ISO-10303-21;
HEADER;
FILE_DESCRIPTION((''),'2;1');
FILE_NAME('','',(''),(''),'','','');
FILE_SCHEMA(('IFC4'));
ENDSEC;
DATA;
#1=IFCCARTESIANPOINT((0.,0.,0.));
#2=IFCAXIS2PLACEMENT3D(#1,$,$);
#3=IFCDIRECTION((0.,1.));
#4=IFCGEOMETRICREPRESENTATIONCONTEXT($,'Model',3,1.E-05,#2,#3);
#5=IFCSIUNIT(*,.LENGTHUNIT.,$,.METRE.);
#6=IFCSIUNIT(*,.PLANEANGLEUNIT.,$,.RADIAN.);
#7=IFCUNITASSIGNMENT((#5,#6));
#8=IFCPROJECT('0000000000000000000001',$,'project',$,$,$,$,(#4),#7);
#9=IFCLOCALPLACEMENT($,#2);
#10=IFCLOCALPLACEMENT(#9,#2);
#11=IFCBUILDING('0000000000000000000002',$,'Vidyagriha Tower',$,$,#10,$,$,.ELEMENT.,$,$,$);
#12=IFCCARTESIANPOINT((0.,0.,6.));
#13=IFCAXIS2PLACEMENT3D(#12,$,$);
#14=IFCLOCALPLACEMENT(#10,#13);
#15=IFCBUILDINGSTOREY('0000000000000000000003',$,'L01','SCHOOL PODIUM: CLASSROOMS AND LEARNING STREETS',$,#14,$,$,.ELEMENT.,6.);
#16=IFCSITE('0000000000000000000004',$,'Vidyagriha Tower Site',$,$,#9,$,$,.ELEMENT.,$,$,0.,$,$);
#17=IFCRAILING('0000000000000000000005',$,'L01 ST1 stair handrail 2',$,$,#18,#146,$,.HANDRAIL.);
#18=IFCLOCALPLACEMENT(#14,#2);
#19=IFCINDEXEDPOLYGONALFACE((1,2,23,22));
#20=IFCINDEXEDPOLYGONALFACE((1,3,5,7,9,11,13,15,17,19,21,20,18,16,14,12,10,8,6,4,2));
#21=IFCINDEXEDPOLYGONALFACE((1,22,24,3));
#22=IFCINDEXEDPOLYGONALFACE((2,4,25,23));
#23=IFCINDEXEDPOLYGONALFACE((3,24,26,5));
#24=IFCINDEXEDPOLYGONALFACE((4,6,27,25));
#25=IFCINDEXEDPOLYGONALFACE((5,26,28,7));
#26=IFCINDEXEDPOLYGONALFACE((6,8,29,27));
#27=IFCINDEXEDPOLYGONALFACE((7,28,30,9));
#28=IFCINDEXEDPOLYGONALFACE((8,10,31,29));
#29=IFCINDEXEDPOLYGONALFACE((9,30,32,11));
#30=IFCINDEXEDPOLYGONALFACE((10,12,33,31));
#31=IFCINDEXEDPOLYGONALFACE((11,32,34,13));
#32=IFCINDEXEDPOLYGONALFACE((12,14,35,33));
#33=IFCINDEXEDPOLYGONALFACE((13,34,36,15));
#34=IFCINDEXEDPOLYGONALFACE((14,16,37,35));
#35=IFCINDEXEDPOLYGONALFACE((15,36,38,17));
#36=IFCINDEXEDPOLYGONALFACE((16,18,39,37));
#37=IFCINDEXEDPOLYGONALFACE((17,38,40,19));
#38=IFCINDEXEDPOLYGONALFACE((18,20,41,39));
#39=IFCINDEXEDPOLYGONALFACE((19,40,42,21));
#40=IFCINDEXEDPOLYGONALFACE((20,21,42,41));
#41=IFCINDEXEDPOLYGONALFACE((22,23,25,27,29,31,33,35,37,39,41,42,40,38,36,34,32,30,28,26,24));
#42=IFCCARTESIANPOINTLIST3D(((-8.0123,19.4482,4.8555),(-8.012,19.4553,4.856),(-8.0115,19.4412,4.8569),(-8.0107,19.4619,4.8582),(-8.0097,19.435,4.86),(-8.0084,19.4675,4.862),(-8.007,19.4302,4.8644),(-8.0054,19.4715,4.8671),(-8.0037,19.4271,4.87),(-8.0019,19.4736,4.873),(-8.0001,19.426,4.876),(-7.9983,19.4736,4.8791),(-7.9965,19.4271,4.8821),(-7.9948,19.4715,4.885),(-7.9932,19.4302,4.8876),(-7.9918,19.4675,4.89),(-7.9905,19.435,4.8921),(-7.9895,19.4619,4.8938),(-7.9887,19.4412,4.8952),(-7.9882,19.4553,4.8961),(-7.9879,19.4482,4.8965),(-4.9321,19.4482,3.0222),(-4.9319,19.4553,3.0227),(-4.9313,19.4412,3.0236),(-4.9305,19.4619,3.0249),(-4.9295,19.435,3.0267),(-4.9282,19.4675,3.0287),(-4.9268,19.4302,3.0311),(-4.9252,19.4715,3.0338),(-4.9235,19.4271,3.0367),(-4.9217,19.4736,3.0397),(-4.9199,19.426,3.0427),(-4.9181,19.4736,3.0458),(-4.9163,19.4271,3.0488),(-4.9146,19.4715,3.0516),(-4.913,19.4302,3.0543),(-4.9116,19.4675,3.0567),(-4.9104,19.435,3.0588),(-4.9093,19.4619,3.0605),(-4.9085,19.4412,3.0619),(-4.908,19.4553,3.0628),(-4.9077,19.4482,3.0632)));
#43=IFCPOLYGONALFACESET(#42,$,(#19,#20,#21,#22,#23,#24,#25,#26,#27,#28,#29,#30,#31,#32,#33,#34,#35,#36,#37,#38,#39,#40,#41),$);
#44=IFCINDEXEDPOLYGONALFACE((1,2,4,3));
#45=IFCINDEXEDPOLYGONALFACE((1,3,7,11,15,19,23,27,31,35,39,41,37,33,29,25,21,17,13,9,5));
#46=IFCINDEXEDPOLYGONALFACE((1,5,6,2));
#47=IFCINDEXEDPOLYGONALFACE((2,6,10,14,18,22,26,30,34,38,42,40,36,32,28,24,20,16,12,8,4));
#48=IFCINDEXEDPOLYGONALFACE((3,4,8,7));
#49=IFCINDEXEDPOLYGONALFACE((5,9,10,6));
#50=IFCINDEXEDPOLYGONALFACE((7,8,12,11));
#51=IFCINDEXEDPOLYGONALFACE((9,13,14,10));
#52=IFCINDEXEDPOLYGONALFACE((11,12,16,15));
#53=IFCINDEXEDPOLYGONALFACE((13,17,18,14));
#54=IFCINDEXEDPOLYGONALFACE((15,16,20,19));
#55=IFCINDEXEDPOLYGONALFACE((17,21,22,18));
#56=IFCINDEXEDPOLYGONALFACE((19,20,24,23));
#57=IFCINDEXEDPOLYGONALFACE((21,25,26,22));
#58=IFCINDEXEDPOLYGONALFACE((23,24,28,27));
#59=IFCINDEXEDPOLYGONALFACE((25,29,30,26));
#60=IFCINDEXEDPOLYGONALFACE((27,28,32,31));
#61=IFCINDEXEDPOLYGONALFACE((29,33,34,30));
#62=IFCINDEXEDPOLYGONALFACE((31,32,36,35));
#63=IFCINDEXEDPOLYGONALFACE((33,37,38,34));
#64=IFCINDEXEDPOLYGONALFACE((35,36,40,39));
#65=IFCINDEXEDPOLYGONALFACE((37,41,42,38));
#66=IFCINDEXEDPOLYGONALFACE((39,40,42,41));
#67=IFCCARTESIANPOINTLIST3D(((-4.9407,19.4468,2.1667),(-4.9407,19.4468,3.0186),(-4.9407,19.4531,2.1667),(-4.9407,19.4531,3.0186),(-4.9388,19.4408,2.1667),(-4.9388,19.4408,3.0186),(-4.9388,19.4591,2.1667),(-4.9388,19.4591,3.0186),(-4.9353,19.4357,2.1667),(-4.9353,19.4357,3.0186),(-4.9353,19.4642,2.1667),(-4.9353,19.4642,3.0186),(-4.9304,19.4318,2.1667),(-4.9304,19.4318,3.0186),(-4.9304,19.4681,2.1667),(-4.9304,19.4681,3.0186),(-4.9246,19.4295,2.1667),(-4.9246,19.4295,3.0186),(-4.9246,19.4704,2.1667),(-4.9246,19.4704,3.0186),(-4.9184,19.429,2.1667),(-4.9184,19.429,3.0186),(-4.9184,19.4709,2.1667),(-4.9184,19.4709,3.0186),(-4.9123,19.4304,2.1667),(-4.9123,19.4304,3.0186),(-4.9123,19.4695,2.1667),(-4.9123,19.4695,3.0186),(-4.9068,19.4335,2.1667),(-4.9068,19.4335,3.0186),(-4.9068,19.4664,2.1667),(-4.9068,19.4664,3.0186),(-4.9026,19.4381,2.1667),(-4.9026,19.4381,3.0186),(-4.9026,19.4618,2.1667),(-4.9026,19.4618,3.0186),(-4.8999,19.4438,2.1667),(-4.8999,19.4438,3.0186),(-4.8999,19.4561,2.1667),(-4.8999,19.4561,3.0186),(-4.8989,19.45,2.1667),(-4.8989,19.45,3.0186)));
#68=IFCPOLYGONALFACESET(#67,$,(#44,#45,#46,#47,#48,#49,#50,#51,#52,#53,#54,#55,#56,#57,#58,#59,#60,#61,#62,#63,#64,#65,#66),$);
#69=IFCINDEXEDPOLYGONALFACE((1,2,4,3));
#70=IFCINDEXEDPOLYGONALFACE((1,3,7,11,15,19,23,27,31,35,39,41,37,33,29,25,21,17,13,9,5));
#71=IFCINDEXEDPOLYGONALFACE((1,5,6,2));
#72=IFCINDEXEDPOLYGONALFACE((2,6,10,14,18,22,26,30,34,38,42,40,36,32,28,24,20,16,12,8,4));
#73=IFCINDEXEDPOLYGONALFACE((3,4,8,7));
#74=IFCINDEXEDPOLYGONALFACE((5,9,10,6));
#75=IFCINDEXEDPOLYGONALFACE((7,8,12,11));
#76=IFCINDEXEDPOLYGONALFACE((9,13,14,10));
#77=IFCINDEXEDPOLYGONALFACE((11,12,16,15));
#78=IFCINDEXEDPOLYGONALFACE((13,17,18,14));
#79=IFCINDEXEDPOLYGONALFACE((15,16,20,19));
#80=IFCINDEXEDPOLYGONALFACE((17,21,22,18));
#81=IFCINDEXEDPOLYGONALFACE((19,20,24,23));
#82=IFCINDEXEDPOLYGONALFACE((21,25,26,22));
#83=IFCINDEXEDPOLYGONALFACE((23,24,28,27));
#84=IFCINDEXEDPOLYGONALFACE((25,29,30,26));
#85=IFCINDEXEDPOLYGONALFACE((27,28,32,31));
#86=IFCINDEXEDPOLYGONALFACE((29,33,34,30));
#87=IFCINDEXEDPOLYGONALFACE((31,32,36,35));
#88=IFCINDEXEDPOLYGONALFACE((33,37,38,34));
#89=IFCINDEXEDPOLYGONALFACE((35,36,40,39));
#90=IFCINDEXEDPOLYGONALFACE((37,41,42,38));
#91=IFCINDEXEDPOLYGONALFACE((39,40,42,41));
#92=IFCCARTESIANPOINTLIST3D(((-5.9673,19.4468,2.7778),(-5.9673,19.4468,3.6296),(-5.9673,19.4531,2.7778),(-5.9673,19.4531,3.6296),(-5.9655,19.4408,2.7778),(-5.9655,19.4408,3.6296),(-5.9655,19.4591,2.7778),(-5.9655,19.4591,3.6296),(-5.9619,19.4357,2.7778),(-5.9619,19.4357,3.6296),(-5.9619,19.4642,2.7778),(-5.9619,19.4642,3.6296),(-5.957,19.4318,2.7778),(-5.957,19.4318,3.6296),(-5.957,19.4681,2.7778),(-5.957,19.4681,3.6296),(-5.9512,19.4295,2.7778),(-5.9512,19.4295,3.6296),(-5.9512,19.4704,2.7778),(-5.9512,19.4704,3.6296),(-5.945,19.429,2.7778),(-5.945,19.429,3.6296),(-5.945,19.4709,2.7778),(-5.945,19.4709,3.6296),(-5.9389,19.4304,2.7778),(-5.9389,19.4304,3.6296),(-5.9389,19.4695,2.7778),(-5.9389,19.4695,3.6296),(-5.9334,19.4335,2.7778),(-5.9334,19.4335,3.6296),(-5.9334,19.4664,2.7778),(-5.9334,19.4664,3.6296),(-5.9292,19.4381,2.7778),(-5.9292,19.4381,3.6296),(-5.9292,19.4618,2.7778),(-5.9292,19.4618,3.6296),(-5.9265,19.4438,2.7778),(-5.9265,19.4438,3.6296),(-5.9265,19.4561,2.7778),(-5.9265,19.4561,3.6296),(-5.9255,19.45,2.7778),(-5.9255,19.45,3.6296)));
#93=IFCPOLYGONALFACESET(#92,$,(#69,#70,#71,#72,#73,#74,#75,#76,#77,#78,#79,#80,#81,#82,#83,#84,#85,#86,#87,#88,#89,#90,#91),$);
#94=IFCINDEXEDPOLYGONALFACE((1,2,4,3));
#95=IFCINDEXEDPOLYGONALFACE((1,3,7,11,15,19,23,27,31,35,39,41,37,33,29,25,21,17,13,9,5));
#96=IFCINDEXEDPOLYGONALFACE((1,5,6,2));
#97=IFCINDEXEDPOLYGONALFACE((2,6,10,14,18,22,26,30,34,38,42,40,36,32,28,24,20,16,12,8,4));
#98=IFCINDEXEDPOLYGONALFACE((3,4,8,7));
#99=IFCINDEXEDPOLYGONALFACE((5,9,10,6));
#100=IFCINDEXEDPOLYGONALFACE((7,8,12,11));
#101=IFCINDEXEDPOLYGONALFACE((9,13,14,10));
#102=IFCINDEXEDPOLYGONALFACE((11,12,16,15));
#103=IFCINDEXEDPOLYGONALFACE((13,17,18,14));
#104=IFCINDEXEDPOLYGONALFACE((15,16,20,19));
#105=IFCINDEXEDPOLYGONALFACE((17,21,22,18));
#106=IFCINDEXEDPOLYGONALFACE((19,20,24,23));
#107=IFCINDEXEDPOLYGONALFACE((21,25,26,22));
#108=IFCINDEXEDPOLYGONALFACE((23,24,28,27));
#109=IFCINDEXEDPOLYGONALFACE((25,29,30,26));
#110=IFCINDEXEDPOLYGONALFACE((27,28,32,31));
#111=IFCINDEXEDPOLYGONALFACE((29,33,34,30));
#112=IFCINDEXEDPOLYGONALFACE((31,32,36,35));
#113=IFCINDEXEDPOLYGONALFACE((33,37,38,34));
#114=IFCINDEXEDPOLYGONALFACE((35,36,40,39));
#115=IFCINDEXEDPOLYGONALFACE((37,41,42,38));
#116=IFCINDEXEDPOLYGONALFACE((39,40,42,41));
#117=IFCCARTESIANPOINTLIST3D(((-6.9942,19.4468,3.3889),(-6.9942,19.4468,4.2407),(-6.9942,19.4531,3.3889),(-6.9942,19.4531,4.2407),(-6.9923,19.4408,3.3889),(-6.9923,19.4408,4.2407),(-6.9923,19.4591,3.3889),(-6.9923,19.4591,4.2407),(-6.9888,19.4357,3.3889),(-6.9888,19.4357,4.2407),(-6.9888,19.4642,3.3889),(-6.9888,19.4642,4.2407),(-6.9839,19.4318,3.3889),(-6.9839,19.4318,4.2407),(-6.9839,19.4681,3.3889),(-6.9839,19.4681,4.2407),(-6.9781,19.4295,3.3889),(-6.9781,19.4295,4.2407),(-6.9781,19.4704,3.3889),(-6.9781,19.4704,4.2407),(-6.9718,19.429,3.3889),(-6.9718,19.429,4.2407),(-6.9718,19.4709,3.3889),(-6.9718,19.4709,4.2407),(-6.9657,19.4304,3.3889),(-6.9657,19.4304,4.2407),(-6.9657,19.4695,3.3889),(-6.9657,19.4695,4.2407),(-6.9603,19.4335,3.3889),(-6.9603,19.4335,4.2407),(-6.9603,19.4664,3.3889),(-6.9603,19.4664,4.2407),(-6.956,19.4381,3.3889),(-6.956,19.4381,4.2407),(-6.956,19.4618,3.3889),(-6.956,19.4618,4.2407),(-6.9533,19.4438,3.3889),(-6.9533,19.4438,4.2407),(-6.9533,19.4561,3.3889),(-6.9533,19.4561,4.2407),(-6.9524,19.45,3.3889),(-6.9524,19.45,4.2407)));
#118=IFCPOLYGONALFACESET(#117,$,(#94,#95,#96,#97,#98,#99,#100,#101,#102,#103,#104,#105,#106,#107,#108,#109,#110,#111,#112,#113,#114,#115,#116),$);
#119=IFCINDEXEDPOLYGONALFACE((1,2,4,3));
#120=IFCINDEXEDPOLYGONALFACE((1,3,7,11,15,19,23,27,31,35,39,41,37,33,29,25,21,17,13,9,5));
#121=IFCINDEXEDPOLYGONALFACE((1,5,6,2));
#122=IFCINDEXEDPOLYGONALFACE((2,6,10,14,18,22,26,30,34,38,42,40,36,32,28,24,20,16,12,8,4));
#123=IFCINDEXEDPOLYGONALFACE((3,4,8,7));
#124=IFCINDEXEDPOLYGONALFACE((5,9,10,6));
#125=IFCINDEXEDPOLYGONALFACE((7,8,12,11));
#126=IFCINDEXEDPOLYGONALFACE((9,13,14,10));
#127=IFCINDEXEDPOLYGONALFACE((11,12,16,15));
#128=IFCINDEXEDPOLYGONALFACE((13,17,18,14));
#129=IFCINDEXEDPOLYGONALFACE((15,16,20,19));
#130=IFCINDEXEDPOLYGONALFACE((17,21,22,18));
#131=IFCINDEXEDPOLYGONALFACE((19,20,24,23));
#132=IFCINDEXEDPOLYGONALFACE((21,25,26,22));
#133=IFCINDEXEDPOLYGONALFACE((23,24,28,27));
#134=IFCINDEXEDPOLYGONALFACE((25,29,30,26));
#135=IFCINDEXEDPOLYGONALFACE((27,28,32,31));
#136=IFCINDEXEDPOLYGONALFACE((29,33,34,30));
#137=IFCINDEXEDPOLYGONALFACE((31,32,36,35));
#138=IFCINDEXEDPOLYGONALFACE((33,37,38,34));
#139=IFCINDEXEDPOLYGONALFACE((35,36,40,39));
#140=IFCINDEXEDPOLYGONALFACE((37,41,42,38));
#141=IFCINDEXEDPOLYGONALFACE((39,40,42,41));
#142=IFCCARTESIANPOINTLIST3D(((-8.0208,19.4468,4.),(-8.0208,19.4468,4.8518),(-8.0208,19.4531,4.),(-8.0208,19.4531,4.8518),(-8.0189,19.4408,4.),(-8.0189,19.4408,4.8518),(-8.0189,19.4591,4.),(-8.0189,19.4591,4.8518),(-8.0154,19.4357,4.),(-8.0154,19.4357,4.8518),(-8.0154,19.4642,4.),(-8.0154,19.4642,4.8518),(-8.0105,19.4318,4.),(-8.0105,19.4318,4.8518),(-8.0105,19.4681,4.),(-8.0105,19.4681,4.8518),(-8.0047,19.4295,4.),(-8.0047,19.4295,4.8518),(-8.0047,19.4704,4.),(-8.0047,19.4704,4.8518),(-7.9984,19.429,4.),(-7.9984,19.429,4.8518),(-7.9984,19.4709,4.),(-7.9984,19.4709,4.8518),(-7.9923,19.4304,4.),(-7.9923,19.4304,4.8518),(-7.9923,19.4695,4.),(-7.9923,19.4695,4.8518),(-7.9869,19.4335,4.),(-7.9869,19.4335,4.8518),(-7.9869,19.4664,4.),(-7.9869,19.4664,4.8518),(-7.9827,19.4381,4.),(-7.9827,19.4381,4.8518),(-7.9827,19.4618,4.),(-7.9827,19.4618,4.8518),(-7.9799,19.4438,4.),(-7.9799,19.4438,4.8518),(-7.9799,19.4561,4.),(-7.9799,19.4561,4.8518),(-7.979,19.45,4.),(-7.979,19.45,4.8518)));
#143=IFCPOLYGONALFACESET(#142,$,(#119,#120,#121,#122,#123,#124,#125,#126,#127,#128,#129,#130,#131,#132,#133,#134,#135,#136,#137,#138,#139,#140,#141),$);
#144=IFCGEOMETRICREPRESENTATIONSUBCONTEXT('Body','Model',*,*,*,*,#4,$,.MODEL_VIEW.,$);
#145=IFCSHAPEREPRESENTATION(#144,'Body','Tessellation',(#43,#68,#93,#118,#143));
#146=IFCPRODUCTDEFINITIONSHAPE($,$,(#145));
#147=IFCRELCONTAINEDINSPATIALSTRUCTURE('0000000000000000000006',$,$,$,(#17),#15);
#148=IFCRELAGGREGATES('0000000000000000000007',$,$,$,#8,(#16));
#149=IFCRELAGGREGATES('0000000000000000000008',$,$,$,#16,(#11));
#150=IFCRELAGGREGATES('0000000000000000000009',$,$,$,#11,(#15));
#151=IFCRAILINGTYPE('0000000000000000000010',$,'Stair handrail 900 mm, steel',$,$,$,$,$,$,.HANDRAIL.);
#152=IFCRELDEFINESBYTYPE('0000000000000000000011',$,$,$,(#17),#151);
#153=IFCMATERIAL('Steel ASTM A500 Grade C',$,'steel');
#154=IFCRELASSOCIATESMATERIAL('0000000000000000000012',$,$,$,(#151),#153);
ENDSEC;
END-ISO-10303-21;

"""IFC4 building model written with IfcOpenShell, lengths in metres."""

from ifc_helpers import new_model, si_unit, direction, frame, origin, origin_2d, place, context, subcontext, project, spatial, circle, extrude, material, type_object, element, save


model = new_model("IFC4")

# Units and contexts
model_context = context("Model", 3, precision=1e-05, world=origin(), true_north=direction((0.0, 1.0)))
body_context = subcontext(model_context, "Body", "Model", "MODEL_VIEW")
ifc_project = project(units=[si_unit("LENGTHUNIT", "METRE"), si_unit("PLANEANGLEUNIT", "RADIAN")], contexts=[model_context])

# Site, building, storey
site_placement = place(None, origin())
site = spatial("IfcSite", under=ifc_project, at=site_placement, Name="Vidyagriha Tower Site", CompositionType="ELEMENT", RefElevation=0.0)
building_placement = place(site_placement, origin())
building = spatial("IfcBuilding", under=site, at=building_placement, Name="Vidyagriha Tower", CompositionType="ELEMENT")
storey_placement = place(building_placement, frame((0.0, 0.0, 6.0)))
storey = spatial("IfcBuildingStorey", under=building, at=storey_placement, Name="L01", Description="SCHOOL PODIUM: CLASSROOMS AND LEARNING STREETS", CompositionType="ELEMENT", Elevation=6.0)

# Railing
ifc_material_1 = material(Name="Steel ASTM A500 Grade C", Category="steel")
railing_type_1 = type_object("IfcRailingType", Name="Stair handrail 900 mm, steel", PredefinedType="HANDRAIL", material=ifc_material_1)
railing_1_placement = place(storey_placement, frame((-4.9199, 19.45, 2.1667)))
element("IfcRailing", 1, at=railing_1_placement, inside=storey, type_object=railing_type_1, Name="L01 ST1 stair handrail 2", PredefinedType="HANDRAIL", context=body_context, shape_type="SweptSolid", body=[
    extrude(circle(Radius=0.0239, at=origin_2d()), frame((0.0, 0.0, 0.876), z_axis=(-0.859309, 0.0, 0.511458), x_axis=(0.0, -1.0, 0.0)), (0.0, 0.0, 1.0), 3.5845),
    extrude(circle(Radius=0.021, at=origin_2d()), origin(), (0.0, 0.0, 1.0), 0.8518),
    extrude(circle(Radius=0.021, at=origin_2d()), frame((-1.0266, 0.0, 0.6111)), (0.0, 0.0, 1.0), 0.8518),
    extrude(circle(Radius=0.021, at=origin_2d()), frame((-2.0535, 0.0, 1.2222)), (0.0, 0.0, 1.0), 0.8518),
    extrude(circle(Radius=0.021, at=origin_2d()), frame((-3.0801, 0.0, 1.8333)), (0.0, 0.0, 1.0), 0.8518),
])

save(model, "model.ifc")
